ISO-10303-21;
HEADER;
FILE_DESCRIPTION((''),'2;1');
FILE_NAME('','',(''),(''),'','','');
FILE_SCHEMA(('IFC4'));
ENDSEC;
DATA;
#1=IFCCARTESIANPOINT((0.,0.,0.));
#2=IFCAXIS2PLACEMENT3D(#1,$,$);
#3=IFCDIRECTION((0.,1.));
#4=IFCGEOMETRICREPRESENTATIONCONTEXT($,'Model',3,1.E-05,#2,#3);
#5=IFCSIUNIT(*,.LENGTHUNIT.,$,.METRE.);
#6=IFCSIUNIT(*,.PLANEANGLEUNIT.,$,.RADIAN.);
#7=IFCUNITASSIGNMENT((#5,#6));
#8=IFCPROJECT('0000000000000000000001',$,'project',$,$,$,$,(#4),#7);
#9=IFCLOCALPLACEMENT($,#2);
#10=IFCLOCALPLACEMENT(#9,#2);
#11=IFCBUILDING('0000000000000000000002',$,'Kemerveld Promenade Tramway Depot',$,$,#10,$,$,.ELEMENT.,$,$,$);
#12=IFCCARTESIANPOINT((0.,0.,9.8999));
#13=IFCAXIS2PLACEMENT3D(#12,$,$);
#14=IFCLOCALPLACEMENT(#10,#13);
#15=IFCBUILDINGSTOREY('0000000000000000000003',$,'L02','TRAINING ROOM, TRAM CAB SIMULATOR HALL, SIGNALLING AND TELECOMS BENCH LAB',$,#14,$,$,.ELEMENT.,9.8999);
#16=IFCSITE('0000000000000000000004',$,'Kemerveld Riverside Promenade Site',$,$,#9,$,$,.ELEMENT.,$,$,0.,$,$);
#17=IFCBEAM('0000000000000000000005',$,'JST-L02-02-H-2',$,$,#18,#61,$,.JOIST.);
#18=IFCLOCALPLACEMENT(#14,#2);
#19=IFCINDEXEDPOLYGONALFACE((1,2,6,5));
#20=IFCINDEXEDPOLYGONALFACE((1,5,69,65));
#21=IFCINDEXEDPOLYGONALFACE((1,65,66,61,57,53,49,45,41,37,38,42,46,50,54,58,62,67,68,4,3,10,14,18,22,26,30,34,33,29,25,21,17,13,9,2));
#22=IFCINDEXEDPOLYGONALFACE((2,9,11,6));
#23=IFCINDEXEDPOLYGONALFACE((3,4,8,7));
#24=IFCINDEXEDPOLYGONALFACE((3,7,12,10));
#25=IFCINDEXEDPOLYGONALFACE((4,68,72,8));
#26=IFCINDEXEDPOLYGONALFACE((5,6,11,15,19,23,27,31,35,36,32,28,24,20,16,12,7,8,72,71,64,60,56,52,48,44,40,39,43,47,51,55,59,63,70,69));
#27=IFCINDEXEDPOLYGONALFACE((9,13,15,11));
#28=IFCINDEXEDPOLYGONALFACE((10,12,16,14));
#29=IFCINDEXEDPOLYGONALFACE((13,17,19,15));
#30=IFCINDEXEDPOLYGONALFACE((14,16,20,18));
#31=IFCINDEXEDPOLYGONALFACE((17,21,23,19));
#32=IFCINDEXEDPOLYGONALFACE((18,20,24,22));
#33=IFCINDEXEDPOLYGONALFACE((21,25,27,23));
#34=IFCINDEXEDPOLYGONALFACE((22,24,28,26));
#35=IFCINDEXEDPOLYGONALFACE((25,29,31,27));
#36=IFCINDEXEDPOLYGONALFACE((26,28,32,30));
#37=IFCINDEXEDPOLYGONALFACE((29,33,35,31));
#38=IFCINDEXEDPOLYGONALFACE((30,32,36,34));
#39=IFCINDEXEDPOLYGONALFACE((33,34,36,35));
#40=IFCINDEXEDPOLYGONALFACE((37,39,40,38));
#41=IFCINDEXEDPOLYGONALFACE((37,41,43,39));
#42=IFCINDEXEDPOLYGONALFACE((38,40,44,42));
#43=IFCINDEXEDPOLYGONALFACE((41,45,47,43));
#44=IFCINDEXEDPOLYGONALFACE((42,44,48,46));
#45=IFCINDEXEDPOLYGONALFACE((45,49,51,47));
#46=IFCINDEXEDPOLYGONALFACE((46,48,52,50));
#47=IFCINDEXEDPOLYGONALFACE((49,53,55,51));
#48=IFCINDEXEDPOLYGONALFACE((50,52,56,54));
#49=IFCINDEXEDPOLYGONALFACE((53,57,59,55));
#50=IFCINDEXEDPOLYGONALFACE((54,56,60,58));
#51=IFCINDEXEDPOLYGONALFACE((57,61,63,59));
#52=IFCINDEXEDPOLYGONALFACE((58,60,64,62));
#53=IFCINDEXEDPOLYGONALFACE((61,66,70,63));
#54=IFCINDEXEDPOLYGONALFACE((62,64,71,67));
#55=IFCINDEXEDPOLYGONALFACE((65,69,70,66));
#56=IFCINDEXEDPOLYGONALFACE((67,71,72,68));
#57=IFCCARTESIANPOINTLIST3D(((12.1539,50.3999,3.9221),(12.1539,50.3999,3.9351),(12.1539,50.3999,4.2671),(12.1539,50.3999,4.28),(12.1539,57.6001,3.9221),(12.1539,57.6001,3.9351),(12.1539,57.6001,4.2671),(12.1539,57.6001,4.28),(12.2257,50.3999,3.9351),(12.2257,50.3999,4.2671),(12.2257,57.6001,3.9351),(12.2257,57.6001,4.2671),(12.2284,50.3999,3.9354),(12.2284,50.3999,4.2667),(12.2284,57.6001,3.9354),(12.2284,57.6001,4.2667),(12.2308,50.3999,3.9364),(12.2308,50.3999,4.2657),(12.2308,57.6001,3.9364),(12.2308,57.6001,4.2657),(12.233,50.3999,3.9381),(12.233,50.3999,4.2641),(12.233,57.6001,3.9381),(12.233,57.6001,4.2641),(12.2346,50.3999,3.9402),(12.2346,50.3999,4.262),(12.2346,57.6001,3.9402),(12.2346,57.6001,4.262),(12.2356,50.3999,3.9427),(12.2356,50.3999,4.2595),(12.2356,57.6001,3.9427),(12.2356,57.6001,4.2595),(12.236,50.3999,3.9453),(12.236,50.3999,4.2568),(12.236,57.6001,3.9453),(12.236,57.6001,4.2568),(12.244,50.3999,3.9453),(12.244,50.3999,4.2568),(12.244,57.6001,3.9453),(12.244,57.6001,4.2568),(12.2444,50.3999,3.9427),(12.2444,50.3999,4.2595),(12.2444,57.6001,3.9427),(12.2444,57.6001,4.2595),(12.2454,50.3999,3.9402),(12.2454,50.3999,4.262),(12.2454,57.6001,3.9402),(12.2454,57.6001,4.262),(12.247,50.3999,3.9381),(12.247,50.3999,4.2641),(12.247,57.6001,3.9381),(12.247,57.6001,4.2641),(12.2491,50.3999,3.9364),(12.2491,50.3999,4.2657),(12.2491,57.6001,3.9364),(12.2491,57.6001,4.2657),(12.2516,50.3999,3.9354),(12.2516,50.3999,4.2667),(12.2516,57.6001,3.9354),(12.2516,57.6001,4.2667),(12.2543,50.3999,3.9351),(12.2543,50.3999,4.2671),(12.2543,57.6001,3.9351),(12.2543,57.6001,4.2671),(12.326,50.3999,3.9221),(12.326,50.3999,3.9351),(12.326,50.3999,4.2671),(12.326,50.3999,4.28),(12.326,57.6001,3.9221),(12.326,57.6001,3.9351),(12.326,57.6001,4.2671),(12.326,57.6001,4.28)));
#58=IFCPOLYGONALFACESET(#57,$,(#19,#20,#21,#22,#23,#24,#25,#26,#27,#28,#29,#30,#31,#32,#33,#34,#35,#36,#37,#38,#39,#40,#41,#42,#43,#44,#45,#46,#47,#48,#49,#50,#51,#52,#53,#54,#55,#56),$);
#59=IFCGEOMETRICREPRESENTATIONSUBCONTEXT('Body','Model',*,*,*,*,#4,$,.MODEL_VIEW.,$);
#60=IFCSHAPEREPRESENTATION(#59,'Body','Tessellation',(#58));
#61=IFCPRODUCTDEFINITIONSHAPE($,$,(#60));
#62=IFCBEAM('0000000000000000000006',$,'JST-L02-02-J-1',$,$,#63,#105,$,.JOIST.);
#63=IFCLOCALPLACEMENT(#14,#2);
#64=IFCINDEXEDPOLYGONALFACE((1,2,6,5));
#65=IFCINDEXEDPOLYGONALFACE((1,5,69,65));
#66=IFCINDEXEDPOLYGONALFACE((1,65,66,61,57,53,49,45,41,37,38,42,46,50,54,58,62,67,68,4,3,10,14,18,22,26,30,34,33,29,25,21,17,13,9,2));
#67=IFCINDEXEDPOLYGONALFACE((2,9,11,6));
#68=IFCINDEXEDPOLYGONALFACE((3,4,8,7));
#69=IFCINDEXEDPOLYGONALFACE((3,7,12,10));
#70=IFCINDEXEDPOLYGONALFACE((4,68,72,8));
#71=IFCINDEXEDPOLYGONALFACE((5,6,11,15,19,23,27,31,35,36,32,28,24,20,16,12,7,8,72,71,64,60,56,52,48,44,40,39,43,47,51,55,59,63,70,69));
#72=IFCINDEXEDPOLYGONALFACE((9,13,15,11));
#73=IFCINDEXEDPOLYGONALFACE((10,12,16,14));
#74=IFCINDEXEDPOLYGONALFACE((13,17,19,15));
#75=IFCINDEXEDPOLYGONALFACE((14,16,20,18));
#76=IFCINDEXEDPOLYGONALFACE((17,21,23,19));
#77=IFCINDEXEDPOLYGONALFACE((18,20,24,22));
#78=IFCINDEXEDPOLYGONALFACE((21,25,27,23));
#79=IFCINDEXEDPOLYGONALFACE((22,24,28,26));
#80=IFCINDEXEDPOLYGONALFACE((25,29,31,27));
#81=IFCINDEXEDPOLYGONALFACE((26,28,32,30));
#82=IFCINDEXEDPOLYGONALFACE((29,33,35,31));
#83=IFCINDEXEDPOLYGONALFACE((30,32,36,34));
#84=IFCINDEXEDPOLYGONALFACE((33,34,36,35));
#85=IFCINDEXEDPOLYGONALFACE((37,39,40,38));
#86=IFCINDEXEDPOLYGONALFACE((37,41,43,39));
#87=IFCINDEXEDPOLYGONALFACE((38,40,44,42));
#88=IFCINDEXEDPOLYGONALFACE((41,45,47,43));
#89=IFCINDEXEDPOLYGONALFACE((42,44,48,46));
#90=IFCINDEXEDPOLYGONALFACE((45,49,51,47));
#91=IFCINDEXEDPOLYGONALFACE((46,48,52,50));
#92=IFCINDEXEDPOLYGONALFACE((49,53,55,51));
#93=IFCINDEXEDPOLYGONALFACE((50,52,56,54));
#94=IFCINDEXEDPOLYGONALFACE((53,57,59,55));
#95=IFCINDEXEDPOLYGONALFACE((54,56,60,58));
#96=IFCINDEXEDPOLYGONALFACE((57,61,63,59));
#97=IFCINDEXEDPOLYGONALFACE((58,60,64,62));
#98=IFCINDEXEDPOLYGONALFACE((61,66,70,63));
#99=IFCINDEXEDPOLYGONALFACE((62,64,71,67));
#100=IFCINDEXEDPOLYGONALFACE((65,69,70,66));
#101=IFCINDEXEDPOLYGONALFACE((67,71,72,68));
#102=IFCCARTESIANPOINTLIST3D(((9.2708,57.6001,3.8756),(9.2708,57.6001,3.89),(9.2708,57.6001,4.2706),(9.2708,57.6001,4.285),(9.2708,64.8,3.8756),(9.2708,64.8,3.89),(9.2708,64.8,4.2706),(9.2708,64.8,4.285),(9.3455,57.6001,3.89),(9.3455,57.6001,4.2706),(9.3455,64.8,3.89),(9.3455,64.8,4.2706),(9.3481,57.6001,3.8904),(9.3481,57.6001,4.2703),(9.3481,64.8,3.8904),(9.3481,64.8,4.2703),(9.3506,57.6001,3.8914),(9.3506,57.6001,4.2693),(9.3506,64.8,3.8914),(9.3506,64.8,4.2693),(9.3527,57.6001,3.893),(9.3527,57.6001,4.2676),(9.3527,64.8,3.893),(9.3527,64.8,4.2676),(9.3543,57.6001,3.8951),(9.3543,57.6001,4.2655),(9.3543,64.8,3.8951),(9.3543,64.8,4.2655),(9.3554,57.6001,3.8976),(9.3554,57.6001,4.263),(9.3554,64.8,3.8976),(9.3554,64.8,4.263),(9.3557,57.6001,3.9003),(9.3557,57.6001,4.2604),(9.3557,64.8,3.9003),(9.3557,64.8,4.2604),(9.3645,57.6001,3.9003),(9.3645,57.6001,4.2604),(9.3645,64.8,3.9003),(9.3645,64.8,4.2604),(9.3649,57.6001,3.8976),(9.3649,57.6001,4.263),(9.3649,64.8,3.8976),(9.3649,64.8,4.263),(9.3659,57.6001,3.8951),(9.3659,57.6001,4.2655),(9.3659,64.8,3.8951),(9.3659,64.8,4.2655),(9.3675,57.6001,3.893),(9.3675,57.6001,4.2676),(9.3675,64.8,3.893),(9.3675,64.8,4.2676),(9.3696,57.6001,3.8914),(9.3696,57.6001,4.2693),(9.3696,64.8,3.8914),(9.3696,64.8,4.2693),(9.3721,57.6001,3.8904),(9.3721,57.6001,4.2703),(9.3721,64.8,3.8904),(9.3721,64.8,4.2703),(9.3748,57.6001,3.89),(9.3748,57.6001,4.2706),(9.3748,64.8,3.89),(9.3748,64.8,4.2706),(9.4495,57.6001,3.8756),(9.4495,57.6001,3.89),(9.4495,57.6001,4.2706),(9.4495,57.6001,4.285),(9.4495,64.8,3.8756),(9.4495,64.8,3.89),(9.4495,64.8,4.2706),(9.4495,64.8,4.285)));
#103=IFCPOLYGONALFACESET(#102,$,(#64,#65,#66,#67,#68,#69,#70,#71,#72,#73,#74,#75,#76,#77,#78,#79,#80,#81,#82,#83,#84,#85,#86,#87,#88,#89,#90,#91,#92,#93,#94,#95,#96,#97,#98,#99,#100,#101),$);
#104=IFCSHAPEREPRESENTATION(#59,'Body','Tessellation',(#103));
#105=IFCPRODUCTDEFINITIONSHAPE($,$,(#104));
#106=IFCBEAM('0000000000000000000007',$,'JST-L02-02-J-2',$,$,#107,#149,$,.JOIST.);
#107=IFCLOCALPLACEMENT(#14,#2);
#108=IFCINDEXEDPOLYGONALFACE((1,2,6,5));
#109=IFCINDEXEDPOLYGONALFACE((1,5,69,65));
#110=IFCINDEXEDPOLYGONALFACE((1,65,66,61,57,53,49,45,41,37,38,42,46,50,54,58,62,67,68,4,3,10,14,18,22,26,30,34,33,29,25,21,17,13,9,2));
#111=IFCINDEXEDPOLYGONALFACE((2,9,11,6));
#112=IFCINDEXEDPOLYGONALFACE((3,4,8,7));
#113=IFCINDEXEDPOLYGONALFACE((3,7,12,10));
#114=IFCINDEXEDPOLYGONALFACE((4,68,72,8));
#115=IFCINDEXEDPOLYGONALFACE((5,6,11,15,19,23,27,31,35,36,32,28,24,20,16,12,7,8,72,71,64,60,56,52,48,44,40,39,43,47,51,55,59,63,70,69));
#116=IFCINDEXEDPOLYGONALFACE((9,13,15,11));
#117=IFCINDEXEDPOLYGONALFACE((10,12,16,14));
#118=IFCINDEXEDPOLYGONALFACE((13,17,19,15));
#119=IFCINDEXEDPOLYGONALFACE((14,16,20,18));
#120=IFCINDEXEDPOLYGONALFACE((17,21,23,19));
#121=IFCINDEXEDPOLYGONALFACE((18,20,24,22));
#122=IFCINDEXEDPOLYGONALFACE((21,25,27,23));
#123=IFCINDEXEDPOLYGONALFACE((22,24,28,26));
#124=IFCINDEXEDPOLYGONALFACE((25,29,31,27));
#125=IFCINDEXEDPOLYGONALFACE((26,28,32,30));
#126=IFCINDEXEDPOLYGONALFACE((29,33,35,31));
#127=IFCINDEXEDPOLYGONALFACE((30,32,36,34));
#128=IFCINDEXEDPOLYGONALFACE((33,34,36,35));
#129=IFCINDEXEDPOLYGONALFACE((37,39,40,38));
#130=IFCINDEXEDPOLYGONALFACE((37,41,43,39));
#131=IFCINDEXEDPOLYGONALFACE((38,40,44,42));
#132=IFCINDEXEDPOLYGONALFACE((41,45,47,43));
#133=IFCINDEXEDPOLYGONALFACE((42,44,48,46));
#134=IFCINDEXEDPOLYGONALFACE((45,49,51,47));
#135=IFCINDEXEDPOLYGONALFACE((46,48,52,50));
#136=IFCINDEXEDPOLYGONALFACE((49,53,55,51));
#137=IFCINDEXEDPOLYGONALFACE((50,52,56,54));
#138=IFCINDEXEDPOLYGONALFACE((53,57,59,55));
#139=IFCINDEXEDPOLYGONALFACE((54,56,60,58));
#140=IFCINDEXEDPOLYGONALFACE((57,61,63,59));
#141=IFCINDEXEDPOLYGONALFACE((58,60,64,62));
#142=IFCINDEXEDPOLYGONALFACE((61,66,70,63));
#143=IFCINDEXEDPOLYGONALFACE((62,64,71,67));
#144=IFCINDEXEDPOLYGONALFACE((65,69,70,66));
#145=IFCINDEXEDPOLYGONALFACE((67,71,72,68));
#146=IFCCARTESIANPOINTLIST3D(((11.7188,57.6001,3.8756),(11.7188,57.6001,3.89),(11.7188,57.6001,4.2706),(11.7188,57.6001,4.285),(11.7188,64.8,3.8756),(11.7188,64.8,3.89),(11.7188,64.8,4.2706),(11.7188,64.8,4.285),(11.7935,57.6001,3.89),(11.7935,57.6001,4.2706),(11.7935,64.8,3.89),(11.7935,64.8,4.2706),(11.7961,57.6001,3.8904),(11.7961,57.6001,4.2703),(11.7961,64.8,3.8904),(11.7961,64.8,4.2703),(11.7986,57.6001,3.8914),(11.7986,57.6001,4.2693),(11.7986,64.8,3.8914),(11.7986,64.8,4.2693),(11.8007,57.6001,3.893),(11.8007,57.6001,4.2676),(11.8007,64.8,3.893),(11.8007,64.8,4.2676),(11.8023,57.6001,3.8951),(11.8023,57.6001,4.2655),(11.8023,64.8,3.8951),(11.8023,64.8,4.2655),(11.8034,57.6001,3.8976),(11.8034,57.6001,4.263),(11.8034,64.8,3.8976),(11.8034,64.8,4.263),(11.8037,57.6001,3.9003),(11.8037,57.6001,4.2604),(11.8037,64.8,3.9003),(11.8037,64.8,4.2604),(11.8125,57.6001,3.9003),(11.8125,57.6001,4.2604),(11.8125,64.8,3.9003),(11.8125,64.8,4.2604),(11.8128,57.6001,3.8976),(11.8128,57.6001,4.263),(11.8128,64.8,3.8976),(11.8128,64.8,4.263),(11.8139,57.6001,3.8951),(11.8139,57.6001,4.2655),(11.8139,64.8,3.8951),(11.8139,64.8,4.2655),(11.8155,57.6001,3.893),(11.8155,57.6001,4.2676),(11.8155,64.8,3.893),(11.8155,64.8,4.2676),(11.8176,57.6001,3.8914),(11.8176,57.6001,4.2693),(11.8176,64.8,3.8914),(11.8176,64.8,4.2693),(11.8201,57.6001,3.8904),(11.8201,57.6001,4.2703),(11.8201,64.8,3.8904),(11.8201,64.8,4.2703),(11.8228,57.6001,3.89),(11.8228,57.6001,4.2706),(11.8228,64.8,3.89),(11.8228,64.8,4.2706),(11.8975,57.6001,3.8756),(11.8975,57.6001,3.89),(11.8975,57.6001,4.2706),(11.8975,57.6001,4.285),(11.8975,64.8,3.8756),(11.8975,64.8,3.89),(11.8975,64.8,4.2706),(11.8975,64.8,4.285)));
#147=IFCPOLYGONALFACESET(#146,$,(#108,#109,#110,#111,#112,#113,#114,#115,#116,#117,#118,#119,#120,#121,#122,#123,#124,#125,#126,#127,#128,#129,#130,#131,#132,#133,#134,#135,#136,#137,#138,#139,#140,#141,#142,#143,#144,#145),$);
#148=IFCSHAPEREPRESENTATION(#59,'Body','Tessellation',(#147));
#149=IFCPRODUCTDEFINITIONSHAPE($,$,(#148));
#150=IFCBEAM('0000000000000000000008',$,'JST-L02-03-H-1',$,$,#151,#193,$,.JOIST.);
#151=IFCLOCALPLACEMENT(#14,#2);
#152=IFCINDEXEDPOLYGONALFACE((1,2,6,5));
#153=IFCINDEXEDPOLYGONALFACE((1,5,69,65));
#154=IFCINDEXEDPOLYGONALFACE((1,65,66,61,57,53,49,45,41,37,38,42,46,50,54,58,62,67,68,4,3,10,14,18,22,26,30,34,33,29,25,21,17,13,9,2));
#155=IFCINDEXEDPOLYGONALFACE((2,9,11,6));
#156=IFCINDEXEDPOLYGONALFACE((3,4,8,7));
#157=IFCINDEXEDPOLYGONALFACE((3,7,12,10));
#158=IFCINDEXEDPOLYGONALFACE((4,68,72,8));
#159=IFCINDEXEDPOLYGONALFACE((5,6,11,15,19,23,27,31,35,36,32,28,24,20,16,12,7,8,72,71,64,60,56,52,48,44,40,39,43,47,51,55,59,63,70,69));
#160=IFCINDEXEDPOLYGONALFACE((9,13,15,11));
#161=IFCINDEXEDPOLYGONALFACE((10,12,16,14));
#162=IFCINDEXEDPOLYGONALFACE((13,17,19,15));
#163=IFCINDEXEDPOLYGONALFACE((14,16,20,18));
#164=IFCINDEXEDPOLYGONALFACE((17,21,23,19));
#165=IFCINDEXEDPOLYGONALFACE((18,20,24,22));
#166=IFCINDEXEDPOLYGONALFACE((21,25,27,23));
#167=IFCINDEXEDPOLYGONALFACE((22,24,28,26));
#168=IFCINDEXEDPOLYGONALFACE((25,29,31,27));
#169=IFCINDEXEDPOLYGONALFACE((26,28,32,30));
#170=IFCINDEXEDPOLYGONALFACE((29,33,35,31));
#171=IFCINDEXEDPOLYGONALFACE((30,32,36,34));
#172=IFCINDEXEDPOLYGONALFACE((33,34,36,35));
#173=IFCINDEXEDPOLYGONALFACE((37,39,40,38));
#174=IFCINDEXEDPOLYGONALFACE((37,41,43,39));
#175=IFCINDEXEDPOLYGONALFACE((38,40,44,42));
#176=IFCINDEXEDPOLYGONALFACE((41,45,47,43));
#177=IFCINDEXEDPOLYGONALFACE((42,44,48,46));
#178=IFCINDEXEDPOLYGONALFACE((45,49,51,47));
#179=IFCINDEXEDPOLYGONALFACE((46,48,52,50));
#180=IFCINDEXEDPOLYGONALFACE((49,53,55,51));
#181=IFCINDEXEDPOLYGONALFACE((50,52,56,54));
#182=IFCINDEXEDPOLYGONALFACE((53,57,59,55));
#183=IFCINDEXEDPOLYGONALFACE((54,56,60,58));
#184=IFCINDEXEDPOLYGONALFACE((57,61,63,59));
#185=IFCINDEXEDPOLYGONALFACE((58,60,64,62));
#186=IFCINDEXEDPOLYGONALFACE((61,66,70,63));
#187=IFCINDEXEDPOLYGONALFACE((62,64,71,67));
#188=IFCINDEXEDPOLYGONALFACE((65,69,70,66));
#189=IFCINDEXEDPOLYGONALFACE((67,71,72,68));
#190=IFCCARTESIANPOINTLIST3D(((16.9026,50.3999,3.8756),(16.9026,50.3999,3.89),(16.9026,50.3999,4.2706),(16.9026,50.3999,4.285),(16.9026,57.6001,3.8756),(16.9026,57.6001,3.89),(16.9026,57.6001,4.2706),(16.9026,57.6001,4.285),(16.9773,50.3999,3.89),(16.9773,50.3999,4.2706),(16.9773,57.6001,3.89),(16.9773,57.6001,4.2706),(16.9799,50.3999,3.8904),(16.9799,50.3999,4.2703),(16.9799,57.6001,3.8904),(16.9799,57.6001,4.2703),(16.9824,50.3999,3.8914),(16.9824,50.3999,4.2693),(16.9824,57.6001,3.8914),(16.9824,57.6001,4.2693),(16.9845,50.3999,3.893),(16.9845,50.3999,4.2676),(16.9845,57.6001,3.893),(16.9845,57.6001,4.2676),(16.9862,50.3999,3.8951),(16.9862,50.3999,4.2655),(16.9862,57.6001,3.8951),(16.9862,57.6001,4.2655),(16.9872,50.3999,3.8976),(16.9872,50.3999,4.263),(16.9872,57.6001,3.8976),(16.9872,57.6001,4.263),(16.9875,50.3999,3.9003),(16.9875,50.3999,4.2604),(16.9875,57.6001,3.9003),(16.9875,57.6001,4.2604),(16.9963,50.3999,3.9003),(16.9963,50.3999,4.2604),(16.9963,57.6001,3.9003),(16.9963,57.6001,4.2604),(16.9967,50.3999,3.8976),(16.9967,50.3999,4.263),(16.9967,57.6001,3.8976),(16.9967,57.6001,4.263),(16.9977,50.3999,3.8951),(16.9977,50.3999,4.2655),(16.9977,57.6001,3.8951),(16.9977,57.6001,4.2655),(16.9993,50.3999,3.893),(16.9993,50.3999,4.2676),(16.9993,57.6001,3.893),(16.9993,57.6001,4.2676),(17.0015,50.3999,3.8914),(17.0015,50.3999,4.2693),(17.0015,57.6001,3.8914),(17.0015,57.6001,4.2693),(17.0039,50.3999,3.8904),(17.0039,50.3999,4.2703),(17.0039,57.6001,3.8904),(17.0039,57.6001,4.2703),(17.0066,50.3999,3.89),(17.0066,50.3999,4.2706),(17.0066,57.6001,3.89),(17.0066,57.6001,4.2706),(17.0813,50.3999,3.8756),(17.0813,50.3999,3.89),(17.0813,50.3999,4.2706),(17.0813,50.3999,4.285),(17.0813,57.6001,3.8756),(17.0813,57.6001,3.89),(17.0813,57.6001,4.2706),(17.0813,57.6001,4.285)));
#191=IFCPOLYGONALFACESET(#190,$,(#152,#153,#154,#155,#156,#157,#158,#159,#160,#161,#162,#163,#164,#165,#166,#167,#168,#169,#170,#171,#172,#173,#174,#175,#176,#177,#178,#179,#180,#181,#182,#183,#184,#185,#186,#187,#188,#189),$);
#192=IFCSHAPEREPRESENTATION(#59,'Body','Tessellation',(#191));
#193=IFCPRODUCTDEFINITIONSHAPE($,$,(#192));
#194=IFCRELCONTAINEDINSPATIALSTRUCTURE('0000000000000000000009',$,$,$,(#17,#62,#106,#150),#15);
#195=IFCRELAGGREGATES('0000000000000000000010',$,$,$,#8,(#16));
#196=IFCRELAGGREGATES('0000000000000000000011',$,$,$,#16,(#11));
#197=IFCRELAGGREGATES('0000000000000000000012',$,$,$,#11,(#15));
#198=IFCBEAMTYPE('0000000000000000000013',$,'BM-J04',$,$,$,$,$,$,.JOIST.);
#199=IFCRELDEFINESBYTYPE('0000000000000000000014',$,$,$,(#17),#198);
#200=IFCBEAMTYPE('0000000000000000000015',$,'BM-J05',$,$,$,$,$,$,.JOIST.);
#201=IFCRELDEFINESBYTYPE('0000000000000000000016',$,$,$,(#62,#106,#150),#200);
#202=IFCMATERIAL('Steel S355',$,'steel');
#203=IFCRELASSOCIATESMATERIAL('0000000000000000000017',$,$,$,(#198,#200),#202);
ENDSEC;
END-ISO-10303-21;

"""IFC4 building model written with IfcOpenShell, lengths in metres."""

from ifc_helpers import new_model, si_unit, direction, frame, origin, origin_2d, place, context, subcontext, project, spatial, i_section, extrude, material, material_profile, profile_set, type_object, element, save


model = new_model("IFC4")

# Units and contexts
model_context = context("Model", 3, precision=1e-05, world=origin(), true_north=direction((0.0, 1.0)))
body_context = subcontext(model_context, "Body", "Model", "MODEL_VIEW")
ifc_project = project(units=[si_unit("LENGTHUNIT", "METRE"), si_unit("PLANEANGLEUNIT", "RADIAN")], contexts=[model_context])

# Site, building, storey
site_placement = place(None, origin())
site = spatial("IfcSite", under=ifc_project, at=site_placement, Name="Kemerveld Riverside Promenade Site", CompositionType="ELEMENT", RefElevation=0.0)
building_placement = place(site_placement, origin())
building = spatial("IfcBuilding", under=site, at=building_placement, Name="Kemerveld Promenade Tramway Depot", CompositionType="ELEMENT")
storey_placement = place(building_placement, frame((0.0, 0.0, 9.8999)))
storey = spatial("IfcBuildingStorey", under=building, at=storey_placement, Name="L02", Description="TRAINING ROOM, TRAM CAB SIMULATOR HALL, SIGNALLING AND TELECOMS BENCH LAB", CompositionType="ELEMENT", Elevation=9.8999)

# Shared definitions
ifc_material_1 = material(Name="Steel S355", Category="steel")

# Beams
ifc_material_profile_1 = material_profile(ifc_material_1, i_section(OverallWidth=0.1721, OverallDepth=0.3579, WebThickness=0.0081, FlangeThickness=0.0129, FilletRadius=0.0103, at=origin_2d()), Name="356x171x57 UB")
ifc_profile_set_1 = profile_set([ifc_material_profile_1], Name="Steel S355")
beam_type_1 = type_object("IfcBeamType", Name="BM-J04", PredefinedType="JOIST", material=ifc_profile_set_1)
for number, where, z_axis, x_axis, name in (
    (1, (12.24, 50.3999, 4.1011), (0.0, 1.0, 0.0), (-1.0, 0.0, 0.0), "JST-L02-02-H-2"),
):
    element("IfcBeam", number, at=place(storey_placement, frame(where, z_axis=z_axis, x_axis=x_axis)), inside=storey, type_object=beam_type_1, Name=name, PredefinedType="JOIST", context=body_context, shape_type="SweptSolid", body=[
        extrude(i_section(OverallWidth=0.1721, OverallDepth=0.3579, WebThickness=0.0081, FlangeThickness=0.0129, FilletRadius=0.0103, at=origin_2d()), origin(), (0.0, 0.0, 1.0), 7.2002),
    ])
ifc_material_profile_2 = material_profile(ifc_material_1, i_section(OverallWidth=0.1787, OverallDepth=0.4094, WebThickness=0.0088, FlangeThickness=0.0144, FilletRadius=0.0103, at=origin_2d()), Name="406x178x67 UB")
ifc_profile_set_2 = profile_set([ifc_material_profile_2], Name="Steel S355")
beam_type_2 = type_object("IfcBeamType", Name="BM-J05", PredefinedType="JOIST", material=ifc_profile_set_2)
for number, where, z_axis, x_axis, name in (
    (2, (9.3601, 57.6001, 4.0803), (0.0, 1.0, 0.0), (-1.0, 0.0, 0.0), "JST-L02-02-J-1"),
    (3, (11.8081, 57.6001, 4.0803), (0.0, 1.0, 0.0), (-1.0, 0.0, 0.0), "JST-L02-02-J-2"),
):
    element("IfcBeam", number, at=place(storey_placement, frame(where, z_axis=z_axis, x_axis=x_axis)), inside=storey, type_object=beam_type_2, Name=name, PredefinedType="JOIST", context=body_context, shape_type="SweptSolid", body=[
        extrude(i_section(OverallWidth=0.1787, OverallDepth=0.4094, WebThickness=0.0088, FlangeThickness=0.0144, FilletRadius=0.0103, at=origin_2d()), origin(), (0.0, 0.0, 1.0), 7.2),
    ])
for number, where, z_axis, x_axis, name in (
    (4, (16.9919, 50.3999, 4.0803), (0.0, 1.0, 0.0), (-1.0, 0.0, 0.0), "JST-L02-03-H-1"),
):
    element("IfcBeam", number, at=place(storey_placement, frame(where, z_axis=z_axis, x_axis=x_axis)), inside=storey, type_object=beam_type_2, Name=name, PredefinedType="JOIST", context=body_context, shape_type="SweptSolid", body=[
        extrude(i_section(OverallWidth=0.1787, OverallDepth=0.4094, WebThickness=0.0088, FlangeThickness=0.0144, FilletRadius=0.0103, at=origin_2d()), origin(), (0.0, 0.0, 1.0), 7.2002),
    ])

save(model, "model.ifc")
